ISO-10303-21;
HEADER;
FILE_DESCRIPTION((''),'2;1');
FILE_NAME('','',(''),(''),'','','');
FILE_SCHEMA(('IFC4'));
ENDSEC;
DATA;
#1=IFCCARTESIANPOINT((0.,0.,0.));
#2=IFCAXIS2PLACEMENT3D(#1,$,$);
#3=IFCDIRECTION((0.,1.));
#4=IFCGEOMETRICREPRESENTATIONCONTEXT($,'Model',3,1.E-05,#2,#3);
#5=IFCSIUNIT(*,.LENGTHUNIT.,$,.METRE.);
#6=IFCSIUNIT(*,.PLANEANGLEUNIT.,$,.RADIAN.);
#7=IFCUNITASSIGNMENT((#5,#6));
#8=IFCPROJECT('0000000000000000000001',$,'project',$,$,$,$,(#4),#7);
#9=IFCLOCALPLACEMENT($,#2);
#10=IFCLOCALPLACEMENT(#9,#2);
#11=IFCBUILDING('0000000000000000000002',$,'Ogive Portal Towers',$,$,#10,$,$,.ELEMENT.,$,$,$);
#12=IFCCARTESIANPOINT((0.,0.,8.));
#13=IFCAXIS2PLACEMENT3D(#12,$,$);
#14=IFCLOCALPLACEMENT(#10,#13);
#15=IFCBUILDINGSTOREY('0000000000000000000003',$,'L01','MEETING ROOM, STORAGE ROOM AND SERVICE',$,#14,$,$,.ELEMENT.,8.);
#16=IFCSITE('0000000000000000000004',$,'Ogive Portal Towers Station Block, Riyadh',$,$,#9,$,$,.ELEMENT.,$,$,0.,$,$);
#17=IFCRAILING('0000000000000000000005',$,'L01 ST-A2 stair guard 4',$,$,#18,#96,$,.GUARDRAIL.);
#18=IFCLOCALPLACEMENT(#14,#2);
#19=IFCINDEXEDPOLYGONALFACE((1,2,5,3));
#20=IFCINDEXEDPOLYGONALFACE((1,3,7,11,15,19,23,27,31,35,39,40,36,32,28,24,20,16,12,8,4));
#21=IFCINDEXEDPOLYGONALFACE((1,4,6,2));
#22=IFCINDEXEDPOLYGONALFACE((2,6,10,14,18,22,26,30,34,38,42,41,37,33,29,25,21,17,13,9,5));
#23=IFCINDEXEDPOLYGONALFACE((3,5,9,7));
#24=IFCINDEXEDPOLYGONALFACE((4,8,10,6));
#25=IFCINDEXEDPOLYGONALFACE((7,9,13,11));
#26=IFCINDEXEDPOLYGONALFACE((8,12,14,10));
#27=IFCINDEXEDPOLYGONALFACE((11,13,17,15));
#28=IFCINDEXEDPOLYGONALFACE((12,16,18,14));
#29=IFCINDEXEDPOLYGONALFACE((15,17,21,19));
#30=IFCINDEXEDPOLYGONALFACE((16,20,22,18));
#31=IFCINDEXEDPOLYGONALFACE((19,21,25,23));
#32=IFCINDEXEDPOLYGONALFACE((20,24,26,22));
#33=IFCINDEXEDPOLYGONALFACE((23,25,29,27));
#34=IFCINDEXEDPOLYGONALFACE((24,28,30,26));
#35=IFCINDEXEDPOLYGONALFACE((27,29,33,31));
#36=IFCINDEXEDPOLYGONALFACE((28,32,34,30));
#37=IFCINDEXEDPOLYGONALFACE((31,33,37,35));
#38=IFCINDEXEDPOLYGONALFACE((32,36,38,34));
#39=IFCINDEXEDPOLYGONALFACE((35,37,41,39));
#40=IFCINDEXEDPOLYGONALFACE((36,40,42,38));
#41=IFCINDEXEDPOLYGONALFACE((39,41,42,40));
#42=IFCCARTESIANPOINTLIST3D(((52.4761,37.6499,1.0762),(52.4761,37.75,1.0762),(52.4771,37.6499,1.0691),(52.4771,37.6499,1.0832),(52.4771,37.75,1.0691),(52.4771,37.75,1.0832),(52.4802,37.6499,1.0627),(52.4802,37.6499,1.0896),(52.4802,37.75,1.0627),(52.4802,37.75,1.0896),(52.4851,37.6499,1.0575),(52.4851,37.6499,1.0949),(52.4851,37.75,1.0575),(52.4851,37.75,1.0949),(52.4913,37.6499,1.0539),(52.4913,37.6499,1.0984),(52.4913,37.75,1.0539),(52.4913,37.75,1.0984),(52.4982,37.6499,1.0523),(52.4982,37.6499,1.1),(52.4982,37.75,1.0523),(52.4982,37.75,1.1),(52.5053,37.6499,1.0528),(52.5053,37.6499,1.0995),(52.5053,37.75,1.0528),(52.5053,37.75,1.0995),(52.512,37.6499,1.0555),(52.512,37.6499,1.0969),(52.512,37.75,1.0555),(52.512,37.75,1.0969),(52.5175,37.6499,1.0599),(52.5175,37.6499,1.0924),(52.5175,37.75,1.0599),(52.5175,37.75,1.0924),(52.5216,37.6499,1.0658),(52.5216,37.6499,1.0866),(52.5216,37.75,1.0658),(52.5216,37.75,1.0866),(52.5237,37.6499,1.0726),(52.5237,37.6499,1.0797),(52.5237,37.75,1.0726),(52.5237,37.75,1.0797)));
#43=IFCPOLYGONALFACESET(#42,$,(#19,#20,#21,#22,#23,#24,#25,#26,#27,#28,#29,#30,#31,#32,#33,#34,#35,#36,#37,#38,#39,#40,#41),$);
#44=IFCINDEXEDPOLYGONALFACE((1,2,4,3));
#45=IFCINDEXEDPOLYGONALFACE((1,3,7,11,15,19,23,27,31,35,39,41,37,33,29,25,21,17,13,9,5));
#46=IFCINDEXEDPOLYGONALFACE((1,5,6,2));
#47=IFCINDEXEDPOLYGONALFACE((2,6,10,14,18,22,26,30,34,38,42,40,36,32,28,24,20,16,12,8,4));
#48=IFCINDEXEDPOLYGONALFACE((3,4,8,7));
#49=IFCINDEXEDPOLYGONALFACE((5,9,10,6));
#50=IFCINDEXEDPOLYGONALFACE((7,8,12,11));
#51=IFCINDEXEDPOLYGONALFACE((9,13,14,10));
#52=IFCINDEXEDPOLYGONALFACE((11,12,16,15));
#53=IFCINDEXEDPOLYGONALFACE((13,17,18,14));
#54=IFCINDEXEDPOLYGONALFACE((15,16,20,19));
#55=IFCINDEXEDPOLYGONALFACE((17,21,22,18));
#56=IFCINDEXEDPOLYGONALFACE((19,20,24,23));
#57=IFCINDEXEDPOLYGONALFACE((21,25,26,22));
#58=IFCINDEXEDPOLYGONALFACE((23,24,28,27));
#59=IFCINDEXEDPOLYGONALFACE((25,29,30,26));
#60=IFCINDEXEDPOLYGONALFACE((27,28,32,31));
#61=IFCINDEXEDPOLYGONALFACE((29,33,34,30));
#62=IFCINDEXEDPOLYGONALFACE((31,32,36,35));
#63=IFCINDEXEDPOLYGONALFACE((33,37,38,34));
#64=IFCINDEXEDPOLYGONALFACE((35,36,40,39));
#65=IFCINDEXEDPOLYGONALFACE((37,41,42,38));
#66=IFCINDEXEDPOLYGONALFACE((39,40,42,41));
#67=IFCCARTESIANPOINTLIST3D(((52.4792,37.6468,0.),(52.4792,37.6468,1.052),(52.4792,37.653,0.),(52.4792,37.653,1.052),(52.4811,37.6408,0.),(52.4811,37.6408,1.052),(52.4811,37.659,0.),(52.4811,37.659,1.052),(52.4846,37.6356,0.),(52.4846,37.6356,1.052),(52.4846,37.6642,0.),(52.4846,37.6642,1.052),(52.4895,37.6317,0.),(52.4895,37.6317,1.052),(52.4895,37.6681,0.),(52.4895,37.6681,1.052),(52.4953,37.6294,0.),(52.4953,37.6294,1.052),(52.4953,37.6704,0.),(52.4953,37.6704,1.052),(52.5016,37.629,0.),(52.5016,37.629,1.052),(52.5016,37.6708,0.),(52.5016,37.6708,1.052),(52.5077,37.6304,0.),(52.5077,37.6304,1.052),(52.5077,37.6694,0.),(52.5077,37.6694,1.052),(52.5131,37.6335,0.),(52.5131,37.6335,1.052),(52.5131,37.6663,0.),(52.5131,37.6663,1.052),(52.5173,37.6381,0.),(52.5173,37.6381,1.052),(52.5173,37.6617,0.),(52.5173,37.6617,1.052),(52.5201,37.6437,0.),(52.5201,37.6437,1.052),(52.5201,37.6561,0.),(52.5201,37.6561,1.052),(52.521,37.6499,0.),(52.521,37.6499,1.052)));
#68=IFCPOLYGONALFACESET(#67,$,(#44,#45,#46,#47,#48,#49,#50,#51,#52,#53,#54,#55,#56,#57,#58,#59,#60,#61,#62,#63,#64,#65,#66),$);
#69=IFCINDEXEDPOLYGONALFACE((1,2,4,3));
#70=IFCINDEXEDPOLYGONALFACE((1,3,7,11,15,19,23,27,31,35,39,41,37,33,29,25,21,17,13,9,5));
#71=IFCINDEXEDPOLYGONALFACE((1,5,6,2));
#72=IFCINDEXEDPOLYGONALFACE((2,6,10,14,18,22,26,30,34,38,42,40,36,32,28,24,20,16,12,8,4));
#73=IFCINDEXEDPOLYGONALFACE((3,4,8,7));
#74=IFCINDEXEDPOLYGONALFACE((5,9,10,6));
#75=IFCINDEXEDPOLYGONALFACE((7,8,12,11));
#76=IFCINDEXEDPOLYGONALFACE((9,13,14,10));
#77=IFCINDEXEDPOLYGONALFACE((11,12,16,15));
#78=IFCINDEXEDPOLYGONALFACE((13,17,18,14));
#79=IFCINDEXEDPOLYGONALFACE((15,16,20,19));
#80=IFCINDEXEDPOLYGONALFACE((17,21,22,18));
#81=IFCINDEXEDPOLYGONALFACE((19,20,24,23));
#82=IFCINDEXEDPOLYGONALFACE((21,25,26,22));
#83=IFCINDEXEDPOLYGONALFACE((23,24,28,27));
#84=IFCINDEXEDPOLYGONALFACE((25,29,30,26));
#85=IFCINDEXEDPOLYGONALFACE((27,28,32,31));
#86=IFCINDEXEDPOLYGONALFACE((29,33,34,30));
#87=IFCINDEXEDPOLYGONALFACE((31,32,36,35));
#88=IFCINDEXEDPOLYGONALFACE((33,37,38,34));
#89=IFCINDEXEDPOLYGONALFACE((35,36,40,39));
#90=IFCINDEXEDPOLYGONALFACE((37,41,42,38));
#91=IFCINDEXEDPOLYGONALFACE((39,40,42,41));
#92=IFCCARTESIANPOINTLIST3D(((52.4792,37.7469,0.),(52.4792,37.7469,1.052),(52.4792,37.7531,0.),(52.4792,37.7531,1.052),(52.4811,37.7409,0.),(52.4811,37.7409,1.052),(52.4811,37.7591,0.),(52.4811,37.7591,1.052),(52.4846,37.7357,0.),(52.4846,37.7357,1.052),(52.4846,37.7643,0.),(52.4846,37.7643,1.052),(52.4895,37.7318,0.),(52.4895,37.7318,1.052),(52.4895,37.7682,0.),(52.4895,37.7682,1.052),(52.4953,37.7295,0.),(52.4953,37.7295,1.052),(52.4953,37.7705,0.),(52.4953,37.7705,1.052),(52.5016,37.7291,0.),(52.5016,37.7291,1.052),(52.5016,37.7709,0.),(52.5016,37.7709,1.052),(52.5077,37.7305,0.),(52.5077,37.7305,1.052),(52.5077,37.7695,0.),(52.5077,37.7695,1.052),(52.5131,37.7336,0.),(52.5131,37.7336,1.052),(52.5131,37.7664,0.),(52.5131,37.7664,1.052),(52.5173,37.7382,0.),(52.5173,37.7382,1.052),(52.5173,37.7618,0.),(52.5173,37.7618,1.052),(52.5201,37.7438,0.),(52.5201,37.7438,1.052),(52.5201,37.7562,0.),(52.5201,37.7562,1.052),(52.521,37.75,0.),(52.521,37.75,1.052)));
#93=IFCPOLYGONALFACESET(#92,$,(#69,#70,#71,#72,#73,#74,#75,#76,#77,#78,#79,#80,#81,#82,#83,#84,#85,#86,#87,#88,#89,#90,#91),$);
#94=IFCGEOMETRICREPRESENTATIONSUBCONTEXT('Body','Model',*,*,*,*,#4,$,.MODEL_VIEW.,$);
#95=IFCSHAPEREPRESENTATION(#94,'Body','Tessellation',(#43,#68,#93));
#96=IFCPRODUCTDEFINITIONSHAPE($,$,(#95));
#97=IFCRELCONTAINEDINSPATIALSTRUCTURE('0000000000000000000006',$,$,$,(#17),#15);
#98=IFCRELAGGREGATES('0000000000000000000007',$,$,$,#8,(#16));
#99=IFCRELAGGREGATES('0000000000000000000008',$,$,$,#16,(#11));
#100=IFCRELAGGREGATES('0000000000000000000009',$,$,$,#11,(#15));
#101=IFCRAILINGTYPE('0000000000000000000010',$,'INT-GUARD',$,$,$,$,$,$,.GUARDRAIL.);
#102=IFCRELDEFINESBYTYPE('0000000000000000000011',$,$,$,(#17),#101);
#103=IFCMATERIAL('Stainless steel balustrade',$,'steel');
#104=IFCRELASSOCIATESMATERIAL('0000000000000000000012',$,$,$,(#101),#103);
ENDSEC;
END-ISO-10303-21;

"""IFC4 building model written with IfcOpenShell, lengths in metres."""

from ifc_helpers import new_model, si_unit, direction, frame, origin, origin_2d, place, context, subcontext, project, spatial, circle, extrude, material, type_object, element, save


model = new_model("IFC4")

# Units and contexts
model_context = context("Model", 3, precision=1e-05, world=origin(), true_north=direction((0.0, 1.0)))
body_context = subcontext(model_context, "Body", "Model", "MODEL_VIEW")
ifc_project = project(units=[si_unit("LENGTHUNIT", "METRE"), si_unit("PLANEANGLEUNIT", "RADIAN")], contexts=[model_context])

# Site, building, storey
site_placement = place(None, origin())
site = spatial("IfcSite", under=ifc_project, at=site_placement, Name="Ogive Portal Towers Station Block, Riyadh", CompositionType="ELEMENT", RefElevation=0.0)
building_placement = place(site_placement, origin())
building = spatial("IfcBuilding", under=site, at=building_placement, Name="Ogive Portal Towers", CompositionType="ELEMENT")
storey_placement = place(building_placement, frame((0.0, 0.0, 8.0)))
storey = spatial("IfcBuildingStorey", under=building, at=storey_placement, Name="L01", Description="MEETING ROOM, STORAGE ROOM AND SERVICE", CompositionType="ELEMENT", Elevation=8.0)

# Railing
ifc_material_1 = material(Name="Stainless steel balustrade", Category="steel")
railing_type_1 = type_object("IfcRailingType", Name="INT-GUARD", PredefinedType="GUARDRAIL", material=ifc_material_1)
railing_1_placement = place(storey_placement, frame((52.5, 37.6499, 0.0)))
element("IfcRailing", 1, at=railing_1_placement, inside=storey, type_object=railing_type_1, Name="L01 ST-A2 stair guard 4", PredefinedType="GUARDRAIL", context=body_context, shape_type="SweptSolid", body=[
    extrude(circle(Radius=0.0239, at=origin_2d()), frame((0.0, 0.0, 1.0762), z_axis=(0.0, 1.0, 0.0), x_axis=(-1.0, 0.0, 0.0)), (0.0, 0.0, 1.0), 0.1001),
    extrude(circle(Radius=0.021, at=origin_2d()), origin(), (0.0, 0.0, 1.0), 1.052),
    extrude(circle(Radius=0.021, at=origin_2d()), frame((0.0, 0.1001, 0.0)), (0.0, 0.0, 1.0), 1.052),
])

save(model, "model.ifc")
